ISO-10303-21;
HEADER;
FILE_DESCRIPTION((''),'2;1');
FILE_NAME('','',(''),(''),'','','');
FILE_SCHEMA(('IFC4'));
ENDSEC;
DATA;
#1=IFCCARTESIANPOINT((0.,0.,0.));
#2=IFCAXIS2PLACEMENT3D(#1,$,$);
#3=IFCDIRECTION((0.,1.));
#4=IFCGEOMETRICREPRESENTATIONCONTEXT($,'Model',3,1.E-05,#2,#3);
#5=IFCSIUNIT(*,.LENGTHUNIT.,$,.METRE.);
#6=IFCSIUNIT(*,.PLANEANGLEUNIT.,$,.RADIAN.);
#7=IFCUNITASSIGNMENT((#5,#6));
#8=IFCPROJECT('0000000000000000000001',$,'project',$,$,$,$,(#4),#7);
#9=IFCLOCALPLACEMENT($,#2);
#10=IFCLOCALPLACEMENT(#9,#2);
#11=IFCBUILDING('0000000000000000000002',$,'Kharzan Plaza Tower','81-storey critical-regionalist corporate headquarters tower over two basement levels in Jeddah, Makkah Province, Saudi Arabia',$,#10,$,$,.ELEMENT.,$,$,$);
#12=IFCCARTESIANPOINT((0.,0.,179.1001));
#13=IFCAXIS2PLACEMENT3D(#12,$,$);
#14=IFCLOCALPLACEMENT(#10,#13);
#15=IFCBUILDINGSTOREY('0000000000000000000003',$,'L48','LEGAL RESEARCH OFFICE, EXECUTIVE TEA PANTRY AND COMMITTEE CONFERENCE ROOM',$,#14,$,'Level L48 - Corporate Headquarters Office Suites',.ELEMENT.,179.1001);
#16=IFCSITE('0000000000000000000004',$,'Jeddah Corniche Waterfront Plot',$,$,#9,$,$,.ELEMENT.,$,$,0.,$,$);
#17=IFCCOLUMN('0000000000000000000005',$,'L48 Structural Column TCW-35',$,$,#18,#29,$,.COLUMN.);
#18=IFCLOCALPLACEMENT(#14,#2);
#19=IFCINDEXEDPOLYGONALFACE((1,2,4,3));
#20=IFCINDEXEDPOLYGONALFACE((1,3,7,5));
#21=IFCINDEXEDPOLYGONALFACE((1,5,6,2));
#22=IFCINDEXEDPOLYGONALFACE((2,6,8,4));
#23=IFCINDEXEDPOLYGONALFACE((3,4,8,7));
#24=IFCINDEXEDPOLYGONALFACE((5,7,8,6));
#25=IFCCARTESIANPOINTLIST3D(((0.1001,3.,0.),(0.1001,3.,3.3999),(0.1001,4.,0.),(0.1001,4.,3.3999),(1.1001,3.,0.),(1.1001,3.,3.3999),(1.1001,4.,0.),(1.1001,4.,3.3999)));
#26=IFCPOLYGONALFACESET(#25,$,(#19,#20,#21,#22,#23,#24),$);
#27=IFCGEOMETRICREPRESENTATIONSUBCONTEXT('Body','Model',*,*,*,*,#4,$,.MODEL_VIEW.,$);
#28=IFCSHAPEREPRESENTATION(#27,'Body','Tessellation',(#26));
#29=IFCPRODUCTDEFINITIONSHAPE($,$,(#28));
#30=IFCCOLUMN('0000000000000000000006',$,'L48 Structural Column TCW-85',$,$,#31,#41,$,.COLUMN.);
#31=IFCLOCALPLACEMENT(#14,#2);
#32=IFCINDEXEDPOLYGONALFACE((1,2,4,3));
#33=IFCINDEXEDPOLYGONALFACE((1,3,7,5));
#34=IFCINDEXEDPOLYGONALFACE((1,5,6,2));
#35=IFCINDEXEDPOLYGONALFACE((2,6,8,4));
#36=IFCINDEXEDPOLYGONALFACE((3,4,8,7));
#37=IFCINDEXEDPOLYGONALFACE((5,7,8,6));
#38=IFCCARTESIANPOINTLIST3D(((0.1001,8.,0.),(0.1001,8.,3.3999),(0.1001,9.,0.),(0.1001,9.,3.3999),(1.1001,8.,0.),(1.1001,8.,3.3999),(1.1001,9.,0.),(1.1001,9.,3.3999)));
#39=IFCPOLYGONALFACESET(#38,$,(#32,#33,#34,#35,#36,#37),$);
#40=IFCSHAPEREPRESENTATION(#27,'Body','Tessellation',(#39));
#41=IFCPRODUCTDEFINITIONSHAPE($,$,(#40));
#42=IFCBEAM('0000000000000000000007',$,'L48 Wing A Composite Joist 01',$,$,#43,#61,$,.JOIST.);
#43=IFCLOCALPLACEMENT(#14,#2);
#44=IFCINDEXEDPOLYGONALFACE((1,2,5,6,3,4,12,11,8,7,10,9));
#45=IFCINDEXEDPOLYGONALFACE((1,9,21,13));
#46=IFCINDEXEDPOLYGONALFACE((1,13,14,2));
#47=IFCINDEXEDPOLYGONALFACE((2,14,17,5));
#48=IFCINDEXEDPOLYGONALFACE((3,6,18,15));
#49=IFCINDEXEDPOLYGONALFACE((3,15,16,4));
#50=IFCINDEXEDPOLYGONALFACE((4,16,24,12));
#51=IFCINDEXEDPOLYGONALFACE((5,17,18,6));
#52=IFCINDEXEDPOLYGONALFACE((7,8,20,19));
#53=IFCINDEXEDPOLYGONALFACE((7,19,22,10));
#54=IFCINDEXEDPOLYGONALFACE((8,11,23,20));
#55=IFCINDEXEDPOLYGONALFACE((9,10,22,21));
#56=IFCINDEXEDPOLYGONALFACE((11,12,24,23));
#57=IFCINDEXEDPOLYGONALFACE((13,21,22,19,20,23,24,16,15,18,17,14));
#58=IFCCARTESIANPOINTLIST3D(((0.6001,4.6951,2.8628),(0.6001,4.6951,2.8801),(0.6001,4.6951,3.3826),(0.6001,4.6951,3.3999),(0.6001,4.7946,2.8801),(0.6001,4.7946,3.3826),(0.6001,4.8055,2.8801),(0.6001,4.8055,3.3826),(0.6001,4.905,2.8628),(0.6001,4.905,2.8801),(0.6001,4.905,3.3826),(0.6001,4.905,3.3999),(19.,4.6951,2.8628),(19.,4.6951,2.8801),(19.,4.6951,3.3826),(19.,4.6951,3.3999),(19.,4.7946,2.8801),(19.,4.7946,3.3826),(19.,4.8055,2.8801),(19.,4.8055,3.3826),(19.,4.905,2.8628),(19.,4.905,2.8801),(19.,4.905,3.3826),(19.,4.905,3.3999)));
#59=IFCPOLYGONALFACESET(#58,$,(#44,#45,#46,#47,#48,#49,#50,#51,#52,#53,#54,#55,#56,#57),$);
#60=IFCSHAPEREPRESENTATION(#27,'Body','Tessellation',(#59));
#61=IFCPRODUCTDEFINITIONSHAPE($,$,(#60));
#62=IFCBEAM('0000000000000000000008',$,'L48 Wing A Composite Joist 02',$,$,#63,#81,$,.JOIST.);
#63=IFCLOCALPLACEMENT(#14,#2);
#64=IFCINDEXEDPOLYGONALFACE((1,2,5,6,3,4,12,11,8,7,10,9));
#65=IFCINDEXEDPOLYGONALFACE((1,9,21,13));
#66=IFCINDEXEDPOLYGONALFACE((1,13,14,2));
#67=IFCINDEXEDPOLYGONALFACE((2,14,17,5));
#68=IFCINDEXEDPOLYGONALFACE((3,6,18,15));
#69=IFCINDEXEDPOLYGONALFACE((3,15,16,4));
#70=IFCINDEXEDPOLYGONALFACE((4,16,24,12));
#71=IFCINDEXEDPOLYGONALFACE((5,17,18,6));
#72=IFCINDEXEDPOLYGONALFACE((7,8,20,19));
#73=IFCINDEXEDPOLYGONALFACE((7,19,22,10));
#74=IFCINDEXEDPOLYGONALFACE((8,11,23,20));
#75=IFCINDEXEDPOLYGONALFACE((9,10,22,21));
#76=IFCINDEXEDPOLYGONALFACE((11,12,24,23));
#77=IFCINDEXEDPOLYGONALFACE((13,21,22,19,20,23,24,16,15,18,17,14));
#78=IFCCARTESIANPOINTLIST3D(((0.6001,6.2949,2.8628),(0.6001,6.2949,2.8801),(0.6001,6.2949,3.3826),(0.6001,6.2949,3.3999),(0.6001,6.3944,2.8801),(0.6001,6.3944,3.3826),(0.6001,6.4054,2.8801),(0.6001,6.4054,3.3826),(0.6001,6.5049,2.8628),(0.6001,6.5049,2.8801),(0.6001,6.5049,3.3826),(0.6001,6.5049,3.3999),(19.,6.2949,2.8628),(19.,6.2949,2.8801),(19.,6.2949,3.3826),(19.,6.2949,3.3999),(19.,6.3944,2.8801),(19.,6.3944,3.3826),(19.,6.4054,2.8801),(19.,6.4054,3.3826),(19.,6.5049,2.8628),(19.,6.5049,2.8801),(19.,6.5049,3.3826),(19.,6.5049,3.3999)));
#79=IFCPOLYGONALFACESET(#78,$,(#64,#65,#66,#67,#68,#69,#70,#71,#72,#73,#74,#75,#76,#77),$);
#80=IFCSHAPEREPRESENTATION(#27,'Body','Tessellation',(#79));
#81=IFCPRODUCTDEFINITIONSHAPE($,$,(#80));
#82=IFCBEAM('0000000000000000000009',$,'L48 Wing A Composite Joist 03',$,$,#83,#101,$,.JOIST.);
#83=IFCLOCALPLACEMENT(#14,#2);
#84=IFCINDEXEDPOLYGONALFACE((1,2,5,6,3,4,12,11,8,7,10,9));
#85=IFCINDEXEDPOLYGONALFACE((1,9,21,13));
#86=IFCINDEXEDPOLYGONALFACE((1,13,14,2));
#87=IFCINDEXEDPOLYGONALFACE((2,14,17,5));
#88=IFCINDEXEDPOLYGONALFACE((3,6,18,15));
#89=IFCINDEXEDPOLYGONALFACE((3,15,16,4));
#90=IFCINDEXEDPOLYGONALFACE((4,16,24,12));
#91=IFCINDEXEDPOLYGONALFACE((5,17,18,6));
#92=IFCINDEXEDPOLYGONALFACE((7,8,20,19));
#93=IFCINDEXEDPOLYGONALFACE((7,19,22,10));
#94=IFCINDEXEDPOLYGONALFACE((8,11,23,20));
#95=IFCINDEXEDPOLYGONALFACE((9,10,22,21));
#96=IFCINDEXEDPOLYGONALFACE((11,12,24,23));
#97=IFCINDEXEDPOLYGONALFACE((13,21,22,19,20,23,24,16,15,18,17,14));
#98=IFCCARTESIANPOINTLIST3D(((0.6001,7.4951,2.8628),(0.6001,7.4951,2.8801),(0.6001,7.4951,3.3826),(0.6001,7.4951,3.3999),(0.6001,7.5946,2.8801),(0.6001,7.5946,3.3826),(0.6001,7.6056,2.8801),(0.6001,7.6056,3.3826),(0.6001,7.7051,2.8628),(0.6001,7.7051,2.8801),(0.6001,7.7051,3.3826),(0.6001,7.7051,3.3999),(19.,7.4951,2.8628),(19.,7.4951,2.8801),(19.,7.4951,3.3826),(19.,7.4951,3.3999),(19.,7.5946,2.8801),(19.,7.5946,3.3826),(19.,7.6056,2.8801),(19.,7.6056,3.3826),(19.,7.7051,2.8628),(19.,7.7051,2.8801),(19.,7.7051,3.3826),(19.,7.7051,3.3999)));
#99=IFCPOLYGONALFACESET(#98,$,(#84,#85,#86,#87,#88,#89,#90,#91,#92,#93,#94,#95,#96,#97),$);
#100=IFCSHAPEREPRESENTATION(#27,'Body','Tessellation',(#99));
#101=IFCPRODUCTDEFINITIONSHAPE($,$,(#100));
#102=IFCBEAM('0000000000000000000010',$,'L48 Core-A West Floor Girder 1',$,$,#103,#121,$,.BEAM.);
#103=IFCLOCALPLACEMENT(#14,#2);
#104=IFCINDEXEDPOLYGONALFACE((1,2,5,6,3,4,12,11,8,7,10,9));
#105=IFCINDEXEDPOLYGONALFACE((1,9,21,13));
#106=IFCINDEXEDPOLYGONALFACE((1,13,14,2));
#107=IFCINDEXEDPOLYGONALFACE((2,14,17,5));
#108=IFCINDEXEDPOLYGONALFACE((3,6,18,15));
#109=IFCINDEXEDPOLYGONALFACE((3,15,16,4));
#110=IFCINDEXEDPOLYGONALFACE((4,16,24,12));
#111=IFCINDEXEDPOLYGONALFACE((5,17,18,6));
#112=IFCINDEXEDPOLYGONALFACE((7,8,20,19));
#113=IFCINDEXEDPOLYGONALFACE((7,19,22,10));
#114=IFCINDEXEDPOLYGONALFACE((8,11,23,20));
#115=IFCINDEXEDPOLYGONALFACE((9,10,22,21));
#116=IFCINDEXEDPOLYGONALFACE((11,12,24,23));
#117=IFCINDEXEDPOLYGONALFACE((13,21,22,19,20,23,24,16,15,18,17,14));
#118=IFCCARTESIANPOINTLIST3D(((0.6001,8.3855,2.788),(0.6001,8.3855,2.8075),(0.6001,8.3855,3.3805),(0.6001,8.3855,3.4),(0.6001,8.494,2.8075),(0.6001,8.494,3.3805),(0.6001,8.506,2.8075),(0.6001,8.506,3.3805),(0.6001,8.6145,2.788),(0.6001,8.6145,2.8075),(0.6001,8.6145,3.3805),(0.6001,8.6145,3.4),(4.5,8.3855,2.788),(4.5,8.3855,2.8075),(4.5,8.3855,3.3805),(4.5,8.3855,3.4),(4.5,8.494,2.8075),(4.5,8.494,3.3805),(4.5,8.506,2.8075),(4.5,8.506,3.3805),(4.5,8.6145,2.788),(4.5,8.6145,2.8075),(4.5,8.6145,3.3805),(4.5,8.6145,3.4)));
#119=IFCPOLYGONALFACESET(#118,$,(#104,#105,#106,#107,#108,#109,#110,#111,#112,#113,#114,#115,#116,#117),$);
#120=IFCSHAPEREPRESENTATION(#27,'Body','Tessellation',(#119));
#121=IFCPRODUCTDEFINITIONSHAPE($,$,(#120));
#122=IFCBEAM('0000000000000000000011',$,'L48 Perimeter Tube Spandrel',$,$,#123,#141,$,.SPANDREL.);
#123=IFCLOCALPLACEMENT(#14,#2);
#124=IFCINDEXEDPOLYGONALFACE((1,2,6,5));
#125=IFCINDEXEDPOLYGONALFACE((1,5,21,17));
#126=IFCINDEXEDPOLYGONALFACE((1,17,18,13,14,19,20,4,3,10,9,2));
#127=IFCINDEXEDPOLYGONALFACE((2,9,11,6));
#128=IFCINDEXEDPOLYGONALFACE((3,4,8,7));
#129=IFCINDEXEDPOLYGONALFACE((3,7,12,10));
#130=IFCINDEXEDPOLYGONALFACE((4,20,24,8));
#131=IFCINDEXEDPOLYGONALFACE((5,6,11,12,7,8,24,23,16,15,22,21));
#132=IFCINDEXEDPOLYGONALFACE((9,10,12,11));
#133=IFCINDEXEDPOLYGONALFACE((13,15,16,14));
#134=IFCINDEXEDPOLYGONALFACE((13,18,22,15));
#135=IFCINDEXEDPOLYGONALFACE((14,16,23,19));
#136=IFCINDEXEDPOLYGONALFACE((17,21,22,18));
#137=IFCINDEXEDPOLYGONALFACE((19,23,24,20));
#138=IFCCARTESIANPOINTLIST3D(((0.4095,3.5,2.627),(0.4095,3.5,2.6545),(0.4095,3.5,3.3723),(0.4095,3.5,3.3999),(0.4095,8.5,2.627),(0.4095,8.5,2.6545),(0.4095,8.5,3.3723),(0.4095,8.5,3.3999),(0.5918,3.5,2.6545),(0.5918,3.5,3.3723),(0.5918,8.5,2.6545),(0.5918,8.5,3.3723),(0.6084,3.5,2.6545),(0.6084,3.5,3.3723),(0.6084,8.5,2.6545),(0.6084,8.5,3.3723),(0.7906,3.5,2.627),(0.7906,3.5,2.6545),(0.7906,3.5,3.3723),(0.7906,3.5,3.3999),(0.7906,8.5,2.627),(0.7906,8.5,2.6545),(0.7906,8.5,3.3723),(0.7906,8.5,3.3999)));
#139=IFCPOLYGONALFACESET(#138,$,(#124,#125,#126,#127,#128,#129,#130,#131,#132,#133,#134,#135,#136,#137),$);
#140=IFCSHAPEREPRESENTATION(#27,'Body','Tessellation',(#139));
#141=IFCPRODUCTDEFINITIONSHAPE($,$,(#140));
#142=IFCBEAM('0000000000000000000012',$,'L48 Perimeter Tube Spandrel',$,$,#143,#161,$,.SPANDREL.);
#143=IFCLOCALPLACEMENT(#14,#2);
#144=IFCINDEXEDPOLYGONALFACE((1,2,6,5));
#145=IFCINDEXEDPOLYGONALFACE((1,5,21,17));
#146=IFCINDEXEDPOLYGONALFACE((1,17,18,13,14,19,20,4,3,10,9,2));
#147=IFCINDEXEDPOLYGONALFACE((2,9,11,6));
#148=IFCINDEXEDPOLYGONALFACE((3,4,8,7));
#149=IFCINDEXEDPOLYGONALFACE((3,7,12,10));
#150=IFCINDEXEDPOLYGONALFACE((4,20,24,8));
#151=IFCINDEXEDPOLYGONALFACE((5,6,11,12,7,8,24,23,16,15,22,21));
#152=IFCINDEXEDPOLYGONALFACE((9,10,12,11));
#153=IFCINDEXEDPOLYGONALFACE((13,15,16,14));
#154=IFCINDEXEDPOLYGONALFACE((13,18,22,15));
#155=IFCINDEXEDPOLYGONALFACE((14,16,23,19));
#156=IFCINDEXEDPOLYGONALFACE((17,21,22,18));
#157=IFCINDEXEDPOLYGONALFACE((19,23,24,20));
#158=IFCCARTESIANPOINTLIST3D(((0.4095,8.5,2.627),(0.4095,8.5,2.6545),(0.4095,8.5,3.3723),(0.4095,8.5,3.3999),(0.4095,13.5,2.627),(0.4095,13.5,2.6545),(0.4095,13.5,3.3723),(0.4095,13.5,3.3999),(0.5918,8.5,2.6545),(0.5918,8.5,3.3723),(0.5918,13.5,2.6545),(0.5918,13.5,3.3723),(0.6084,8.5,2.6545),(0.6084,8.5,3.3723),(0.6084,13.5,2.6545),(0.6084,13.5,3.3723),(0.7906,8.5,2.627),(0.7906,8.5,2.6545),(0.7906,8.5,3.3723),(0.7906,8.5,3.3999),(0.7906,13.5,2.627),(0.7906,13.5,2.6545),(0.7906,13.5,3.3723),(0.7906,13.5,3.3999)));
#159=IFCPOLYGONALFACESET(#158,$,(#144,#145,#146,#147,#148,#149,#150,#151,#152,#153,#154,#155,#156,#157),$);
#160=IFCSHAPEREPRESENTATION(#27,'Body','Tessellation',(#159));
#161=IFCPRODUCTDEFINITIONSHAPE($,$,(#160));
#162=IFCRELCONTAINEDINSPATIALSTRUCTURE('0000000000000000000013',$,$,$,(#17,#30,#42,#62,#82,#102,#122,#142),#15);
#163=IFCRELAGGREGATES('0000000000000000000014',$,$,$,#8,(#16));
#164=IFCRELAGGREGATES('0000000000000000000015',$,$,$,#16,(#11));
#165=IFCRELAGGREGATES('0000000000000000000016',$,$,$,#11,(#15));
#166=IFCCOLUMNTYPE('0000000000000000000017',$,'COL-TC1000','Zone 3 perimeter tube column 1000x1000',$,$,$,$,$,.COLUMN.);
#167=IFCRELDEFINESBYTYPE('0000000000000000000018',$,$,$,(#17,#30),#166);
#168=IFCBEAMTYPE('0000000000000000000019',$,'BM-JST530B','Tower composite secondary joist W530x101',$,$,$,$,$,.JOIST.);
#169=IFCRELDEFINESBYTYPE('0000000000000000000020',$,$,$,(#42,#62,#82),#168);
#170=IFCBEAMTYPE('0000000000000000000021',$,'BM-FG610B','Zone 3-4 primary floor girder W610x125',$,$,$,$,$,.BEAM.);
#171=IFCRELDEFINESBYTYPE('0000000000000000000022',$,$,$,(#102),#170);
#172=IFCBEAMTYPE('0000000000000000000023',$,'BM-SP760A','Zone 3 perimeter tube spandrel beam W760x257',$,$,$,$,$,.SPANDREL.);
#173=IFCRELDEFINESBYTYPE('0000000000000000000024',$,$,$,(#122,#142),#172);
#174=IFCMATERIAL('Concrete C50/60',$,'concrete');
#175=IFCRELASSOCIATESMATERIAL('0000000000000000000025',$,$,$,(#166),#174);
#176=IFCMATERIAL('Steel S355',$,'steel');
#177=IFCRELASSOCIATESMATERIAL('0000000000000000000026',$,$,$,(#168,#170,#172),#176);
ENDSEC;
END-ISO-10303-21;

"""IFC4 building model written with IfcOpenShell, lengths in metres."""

from ifc_helpers import new_model, si_unit, direction, frame, origin, origin_2d, place, context, subcontext, project, spatial, rectangle, i_section, extrude, source, transform, mapped, material, material_profile, profile_set, type_object, element, save


model = new_model("IFC4")

# Units and contexts
model_context = context("Model", 3, precision=1e-05, world=origin(), true_north=direction((0.0, 1.0)))
body_context = subcontext(model_context, "Body", "Model", "MODEL_VIEW")
ifc_project = project(units=[si_unit("LENGTHUNIT", "METRE"), si_unit("PLANEANGLEUNIT", "RADIAN")], contexts=[model_context])

# Site, building, storey
site_placement = place(None, origin())
site = spatial("IfcSite", under=ifc_project, at=site_placement, Name="Jeddah Corniche Waterfront Plot", CompositionType="ELEMENT", RefElevation=0.0)
building_placement = place(site_placement, origin())
building = spatial("IfcBuilding", under=site, at=building_placement, Name="Kharzan Plaza Tower", Description="81-storey critical-regionalist corporate headquarters tower over two basement levels in Jeddah, Makkah Province, Saudi Arabia", CompositionType="ELEMENT")
storey_placement = place(building_placement, frame((0.0, 0.0, 179.1001)))
storey = spatial("IfcBuildingStorey", under=building, at=storey_placement, Name="L48", Description="LEGAL RESEARCH OFFICE, EXECUTIVE TEA PANTRY AND COMMITTEE CONFERENCE ROOM", LongName="Level L48 - Corporate Headquarters Office Suites", CompositionType="ELEMENT", Elevation=179.1001)

# Columns
ifc_material_1 = material(Name="Concrete C50/60", Category="concrete")
ifc_material_profile_1 = material_profile(ifc_material_1, rectangle(XDim=1.0, YDim=1.0, at=origin_2d()), Name="RC-TC1000x1000")
ifc_profile_set_1 = profile_set([ifc_material_profile_1], Name="Concrete C50/60")
column_type = type_object("IfcColumnType", Name="COL-TC1000", Description="Zone 3 perimeter tube column 1000x1000", PredefinedType="COLUMN", material=ifc_profile_set_1)
shared_shape_1 = source(origin(), body_context, "Body", "SweptSolid", [
    extrude(rectangle(XDim=1.0, YDim=1.0, at=origin_2d()), origin(), (0.0, 0.0, 1.0), 3.3999),
])
for number, where, z_axis, x_axis, name in (
    (1, (0.6001, 3.5, 0.0), (0.0, 0.0, 1.0), (1.0, 0.0, 0.0), "L48 Structural Column TCW-35"),
    (2, (0.6001, 8.5, 0.0), (0.0, 0.0, 1.0), (1.0, 0.0, 0.0), "L48 Structural Column TCW-85"),
):
    element("IfcColumn", number, at=place(storey_placement, frame(where, z_axis=z_axis, x_axis=x_axis)), inside=storey, type_object=column_type, Name=name, PredefinedType="COLUMN", context=body_context, shape_type="MappedRepresentation", body=[
        mapped(shared_shape_1, transform((0.0, 0.0, 0.0), x_axis=(1.0, 0.0, 0.0), y_axis=(0.0, 1.0, 0.0), z_axis=(0.0, 0.0, 1.0))),
    ])

# Beams
ifc_material_2 = material(Name="Steel S355", Category="steel")
ifc_material_profile_2 = material_profile(ifc_material_2, i_section(OverallWidth=0.21, OverallDepth=0.5371, WebThickness=0.011, FlangeThickness=0.0173, at=origin_2d()), Name="W530x101")
ifc_profile_set_2 = profile_set([ifc_material_profile_2], Name="Steel S355")
beam_type_1 = type_object("IfcBeamType", Name="BM-JST530B", Description="Tower composite secondary joist W530x101", PredefinedType="JOIST", material=ifc_profile_set_2)
shared_shape_2 = source(origin(), body_context, "Body", "SweptSolid", [
    extrude(i_section(OverallWidth=0.21, OverallDepth=0.5371, WebThickness=0.011, FlangeThickness=0.0173, at=origin_2d()), origin(), (0.0, 0.0, 1.0), 18.3999),
])
for number, where, z_axis, x_axis, name in (
    (3, (0.6001, 4.8, 3.1313), (1.0, 0.0, 0.0), (0.0, 1.0, 0.0), "L48 Wing A Composite Joist 01"),
    (4, (0.6001, 6.3999, 3.1313), (1.0, 0.0, 0.0), (0.0, 1.0, 0.0), "L48 Wing A Composite Joist 02"),
    (5, (0.6001, 7.6001, 3.1313), (1.0, 0.0, 0.0), (0.0, 1.0, 0.0), "L48 Wing A Composite Joist 03"),
):
    element("IfcBeam", number, at=place(storey_placement, frame(where, z_axis=z_axis, x_axis=x_axis)), inside=storey, type_object=beam_type_1, Name=name, PredefinedType="JOIST", context=body_context, shape_type="MappedRepresentation", body=[
        mapped(shared_shape_2, transform((0.0, 0.0, 0.0), x_axis=(1.0, 0.0, 0.0), y_axis=(0.0, 1.0, 0.0), z_axis=(0.0, 0.0, 1.0))),
    ])
ifc_material_profile_3 = material_profile(ifc_material_2, i_section(OverallWidth=0.229, OverallDepth=0.6121, WebThickness=0.012, FlangeThickness=0.0195, at=origin_2d()), Name="W610x125")
ifc_profile_set_3 = profile_set([ifc_material_profile_3], Name="Steel S355")
beam_type_2 = type_object("IfcBeamType", Name="BM-FG610B", Description="Zone 3-4 primary floor girder W610x125", PredefinedType="BEAM", material=ifc_profile_set_3)
shared_shape_3 = source(origin(), body_context, "Body", "SweptSolid", [
    extrude(i_section(OverallWidth=0.229, OverallDepth=0.6121, WebThickness=0.012, FlangeThickness=0.0195, at=origin_2d()), origin(), (0.0, 0.0, 1.0), 3.8999),
])
beam_placement = place(storey_placement, frame((0.6001, 8.5, 3.094), z_axis=(1.0, 0.0, 0.0), x_axis=(0.0, 1.0, 0.0)))
element("IfcBeam", 6, at=beam_placement, inside=storey, type_object=beam_type_2, Name="L48 Core-A West Floor Girder 1", PredefinedType="BEAM", context=body_context, shape_type="MappedRepresentation", body=[
    mapped(shared_shape_3, transform((0.0, 0.0, 0.0), x_axis=(1.0, 0.0, 0.0), y_axis=(0.0, 1.0, 0.0), z_axis=(0.0, 0.0, 1.0))),
])
ifc_material_profile_4 = material_profile(ifc_material_2, i_section(OverallWidth=0.3811, OverallDepth=0.7729, WebThickness=0.0166, FlangeThickness=0.0276, at=origin_2d()), Name="W760x257")
ifc_profile_set_4 = profile_set([ifc_material_profile_4], Name="Steel S355")
beam_type_3 = type_object("IfcBeamType", Name="BM-SP760A", Description="Zone 3 perimeter tube spandrel beam W760x257", PredefinedType="SPANDREL", material=ifc_profile_set_4)
shared_shape_4 = source(origin(), body_context, "Body", "SweptSolid", [
    extrude(i_section(OverallWidth=0.3811, OverallDepth=0.7729, WebThickness=0.0166, FlangeThickness=0.0276, at=origin_2d()), origin(), (0.0, 0.0, 1.0), 5.0),
])
for number, where, z_axis, x_axis, name in (
    (7, (0.6001, 3.5, 3.0134), (0.0, 1.0, 0.0), (-1.0, 0.0, 0.0), "L48 Perimeter Tube Spandrel"),
    (8, (0.6001, 8.5, 3.0134), (0.0, 1.0, 0.0), (-1.0, 0.0, 0.0), "L48 Perimeter Tube Spandrel"),
):
    element("IfcBeam", number, at=place(storey_placement, frame(where, z_axis=z_axis, x_axis=x_axis)), inside=storey, type_object=beam_type_3, Name=name, PredefinedType="SPANDREL", context=body_context, shape_type="MappedRepresentation", body=[
        mapped(shared_shape_4, transform((0.0, 0.0, 0.0), x_axis=(1.0, 0.0, 0.0), y_axis=(0.0, 1.0, 0.0), z_axis=(0.0, 0.0, 1.0))),
    ])

save(model, "model.ifc")
